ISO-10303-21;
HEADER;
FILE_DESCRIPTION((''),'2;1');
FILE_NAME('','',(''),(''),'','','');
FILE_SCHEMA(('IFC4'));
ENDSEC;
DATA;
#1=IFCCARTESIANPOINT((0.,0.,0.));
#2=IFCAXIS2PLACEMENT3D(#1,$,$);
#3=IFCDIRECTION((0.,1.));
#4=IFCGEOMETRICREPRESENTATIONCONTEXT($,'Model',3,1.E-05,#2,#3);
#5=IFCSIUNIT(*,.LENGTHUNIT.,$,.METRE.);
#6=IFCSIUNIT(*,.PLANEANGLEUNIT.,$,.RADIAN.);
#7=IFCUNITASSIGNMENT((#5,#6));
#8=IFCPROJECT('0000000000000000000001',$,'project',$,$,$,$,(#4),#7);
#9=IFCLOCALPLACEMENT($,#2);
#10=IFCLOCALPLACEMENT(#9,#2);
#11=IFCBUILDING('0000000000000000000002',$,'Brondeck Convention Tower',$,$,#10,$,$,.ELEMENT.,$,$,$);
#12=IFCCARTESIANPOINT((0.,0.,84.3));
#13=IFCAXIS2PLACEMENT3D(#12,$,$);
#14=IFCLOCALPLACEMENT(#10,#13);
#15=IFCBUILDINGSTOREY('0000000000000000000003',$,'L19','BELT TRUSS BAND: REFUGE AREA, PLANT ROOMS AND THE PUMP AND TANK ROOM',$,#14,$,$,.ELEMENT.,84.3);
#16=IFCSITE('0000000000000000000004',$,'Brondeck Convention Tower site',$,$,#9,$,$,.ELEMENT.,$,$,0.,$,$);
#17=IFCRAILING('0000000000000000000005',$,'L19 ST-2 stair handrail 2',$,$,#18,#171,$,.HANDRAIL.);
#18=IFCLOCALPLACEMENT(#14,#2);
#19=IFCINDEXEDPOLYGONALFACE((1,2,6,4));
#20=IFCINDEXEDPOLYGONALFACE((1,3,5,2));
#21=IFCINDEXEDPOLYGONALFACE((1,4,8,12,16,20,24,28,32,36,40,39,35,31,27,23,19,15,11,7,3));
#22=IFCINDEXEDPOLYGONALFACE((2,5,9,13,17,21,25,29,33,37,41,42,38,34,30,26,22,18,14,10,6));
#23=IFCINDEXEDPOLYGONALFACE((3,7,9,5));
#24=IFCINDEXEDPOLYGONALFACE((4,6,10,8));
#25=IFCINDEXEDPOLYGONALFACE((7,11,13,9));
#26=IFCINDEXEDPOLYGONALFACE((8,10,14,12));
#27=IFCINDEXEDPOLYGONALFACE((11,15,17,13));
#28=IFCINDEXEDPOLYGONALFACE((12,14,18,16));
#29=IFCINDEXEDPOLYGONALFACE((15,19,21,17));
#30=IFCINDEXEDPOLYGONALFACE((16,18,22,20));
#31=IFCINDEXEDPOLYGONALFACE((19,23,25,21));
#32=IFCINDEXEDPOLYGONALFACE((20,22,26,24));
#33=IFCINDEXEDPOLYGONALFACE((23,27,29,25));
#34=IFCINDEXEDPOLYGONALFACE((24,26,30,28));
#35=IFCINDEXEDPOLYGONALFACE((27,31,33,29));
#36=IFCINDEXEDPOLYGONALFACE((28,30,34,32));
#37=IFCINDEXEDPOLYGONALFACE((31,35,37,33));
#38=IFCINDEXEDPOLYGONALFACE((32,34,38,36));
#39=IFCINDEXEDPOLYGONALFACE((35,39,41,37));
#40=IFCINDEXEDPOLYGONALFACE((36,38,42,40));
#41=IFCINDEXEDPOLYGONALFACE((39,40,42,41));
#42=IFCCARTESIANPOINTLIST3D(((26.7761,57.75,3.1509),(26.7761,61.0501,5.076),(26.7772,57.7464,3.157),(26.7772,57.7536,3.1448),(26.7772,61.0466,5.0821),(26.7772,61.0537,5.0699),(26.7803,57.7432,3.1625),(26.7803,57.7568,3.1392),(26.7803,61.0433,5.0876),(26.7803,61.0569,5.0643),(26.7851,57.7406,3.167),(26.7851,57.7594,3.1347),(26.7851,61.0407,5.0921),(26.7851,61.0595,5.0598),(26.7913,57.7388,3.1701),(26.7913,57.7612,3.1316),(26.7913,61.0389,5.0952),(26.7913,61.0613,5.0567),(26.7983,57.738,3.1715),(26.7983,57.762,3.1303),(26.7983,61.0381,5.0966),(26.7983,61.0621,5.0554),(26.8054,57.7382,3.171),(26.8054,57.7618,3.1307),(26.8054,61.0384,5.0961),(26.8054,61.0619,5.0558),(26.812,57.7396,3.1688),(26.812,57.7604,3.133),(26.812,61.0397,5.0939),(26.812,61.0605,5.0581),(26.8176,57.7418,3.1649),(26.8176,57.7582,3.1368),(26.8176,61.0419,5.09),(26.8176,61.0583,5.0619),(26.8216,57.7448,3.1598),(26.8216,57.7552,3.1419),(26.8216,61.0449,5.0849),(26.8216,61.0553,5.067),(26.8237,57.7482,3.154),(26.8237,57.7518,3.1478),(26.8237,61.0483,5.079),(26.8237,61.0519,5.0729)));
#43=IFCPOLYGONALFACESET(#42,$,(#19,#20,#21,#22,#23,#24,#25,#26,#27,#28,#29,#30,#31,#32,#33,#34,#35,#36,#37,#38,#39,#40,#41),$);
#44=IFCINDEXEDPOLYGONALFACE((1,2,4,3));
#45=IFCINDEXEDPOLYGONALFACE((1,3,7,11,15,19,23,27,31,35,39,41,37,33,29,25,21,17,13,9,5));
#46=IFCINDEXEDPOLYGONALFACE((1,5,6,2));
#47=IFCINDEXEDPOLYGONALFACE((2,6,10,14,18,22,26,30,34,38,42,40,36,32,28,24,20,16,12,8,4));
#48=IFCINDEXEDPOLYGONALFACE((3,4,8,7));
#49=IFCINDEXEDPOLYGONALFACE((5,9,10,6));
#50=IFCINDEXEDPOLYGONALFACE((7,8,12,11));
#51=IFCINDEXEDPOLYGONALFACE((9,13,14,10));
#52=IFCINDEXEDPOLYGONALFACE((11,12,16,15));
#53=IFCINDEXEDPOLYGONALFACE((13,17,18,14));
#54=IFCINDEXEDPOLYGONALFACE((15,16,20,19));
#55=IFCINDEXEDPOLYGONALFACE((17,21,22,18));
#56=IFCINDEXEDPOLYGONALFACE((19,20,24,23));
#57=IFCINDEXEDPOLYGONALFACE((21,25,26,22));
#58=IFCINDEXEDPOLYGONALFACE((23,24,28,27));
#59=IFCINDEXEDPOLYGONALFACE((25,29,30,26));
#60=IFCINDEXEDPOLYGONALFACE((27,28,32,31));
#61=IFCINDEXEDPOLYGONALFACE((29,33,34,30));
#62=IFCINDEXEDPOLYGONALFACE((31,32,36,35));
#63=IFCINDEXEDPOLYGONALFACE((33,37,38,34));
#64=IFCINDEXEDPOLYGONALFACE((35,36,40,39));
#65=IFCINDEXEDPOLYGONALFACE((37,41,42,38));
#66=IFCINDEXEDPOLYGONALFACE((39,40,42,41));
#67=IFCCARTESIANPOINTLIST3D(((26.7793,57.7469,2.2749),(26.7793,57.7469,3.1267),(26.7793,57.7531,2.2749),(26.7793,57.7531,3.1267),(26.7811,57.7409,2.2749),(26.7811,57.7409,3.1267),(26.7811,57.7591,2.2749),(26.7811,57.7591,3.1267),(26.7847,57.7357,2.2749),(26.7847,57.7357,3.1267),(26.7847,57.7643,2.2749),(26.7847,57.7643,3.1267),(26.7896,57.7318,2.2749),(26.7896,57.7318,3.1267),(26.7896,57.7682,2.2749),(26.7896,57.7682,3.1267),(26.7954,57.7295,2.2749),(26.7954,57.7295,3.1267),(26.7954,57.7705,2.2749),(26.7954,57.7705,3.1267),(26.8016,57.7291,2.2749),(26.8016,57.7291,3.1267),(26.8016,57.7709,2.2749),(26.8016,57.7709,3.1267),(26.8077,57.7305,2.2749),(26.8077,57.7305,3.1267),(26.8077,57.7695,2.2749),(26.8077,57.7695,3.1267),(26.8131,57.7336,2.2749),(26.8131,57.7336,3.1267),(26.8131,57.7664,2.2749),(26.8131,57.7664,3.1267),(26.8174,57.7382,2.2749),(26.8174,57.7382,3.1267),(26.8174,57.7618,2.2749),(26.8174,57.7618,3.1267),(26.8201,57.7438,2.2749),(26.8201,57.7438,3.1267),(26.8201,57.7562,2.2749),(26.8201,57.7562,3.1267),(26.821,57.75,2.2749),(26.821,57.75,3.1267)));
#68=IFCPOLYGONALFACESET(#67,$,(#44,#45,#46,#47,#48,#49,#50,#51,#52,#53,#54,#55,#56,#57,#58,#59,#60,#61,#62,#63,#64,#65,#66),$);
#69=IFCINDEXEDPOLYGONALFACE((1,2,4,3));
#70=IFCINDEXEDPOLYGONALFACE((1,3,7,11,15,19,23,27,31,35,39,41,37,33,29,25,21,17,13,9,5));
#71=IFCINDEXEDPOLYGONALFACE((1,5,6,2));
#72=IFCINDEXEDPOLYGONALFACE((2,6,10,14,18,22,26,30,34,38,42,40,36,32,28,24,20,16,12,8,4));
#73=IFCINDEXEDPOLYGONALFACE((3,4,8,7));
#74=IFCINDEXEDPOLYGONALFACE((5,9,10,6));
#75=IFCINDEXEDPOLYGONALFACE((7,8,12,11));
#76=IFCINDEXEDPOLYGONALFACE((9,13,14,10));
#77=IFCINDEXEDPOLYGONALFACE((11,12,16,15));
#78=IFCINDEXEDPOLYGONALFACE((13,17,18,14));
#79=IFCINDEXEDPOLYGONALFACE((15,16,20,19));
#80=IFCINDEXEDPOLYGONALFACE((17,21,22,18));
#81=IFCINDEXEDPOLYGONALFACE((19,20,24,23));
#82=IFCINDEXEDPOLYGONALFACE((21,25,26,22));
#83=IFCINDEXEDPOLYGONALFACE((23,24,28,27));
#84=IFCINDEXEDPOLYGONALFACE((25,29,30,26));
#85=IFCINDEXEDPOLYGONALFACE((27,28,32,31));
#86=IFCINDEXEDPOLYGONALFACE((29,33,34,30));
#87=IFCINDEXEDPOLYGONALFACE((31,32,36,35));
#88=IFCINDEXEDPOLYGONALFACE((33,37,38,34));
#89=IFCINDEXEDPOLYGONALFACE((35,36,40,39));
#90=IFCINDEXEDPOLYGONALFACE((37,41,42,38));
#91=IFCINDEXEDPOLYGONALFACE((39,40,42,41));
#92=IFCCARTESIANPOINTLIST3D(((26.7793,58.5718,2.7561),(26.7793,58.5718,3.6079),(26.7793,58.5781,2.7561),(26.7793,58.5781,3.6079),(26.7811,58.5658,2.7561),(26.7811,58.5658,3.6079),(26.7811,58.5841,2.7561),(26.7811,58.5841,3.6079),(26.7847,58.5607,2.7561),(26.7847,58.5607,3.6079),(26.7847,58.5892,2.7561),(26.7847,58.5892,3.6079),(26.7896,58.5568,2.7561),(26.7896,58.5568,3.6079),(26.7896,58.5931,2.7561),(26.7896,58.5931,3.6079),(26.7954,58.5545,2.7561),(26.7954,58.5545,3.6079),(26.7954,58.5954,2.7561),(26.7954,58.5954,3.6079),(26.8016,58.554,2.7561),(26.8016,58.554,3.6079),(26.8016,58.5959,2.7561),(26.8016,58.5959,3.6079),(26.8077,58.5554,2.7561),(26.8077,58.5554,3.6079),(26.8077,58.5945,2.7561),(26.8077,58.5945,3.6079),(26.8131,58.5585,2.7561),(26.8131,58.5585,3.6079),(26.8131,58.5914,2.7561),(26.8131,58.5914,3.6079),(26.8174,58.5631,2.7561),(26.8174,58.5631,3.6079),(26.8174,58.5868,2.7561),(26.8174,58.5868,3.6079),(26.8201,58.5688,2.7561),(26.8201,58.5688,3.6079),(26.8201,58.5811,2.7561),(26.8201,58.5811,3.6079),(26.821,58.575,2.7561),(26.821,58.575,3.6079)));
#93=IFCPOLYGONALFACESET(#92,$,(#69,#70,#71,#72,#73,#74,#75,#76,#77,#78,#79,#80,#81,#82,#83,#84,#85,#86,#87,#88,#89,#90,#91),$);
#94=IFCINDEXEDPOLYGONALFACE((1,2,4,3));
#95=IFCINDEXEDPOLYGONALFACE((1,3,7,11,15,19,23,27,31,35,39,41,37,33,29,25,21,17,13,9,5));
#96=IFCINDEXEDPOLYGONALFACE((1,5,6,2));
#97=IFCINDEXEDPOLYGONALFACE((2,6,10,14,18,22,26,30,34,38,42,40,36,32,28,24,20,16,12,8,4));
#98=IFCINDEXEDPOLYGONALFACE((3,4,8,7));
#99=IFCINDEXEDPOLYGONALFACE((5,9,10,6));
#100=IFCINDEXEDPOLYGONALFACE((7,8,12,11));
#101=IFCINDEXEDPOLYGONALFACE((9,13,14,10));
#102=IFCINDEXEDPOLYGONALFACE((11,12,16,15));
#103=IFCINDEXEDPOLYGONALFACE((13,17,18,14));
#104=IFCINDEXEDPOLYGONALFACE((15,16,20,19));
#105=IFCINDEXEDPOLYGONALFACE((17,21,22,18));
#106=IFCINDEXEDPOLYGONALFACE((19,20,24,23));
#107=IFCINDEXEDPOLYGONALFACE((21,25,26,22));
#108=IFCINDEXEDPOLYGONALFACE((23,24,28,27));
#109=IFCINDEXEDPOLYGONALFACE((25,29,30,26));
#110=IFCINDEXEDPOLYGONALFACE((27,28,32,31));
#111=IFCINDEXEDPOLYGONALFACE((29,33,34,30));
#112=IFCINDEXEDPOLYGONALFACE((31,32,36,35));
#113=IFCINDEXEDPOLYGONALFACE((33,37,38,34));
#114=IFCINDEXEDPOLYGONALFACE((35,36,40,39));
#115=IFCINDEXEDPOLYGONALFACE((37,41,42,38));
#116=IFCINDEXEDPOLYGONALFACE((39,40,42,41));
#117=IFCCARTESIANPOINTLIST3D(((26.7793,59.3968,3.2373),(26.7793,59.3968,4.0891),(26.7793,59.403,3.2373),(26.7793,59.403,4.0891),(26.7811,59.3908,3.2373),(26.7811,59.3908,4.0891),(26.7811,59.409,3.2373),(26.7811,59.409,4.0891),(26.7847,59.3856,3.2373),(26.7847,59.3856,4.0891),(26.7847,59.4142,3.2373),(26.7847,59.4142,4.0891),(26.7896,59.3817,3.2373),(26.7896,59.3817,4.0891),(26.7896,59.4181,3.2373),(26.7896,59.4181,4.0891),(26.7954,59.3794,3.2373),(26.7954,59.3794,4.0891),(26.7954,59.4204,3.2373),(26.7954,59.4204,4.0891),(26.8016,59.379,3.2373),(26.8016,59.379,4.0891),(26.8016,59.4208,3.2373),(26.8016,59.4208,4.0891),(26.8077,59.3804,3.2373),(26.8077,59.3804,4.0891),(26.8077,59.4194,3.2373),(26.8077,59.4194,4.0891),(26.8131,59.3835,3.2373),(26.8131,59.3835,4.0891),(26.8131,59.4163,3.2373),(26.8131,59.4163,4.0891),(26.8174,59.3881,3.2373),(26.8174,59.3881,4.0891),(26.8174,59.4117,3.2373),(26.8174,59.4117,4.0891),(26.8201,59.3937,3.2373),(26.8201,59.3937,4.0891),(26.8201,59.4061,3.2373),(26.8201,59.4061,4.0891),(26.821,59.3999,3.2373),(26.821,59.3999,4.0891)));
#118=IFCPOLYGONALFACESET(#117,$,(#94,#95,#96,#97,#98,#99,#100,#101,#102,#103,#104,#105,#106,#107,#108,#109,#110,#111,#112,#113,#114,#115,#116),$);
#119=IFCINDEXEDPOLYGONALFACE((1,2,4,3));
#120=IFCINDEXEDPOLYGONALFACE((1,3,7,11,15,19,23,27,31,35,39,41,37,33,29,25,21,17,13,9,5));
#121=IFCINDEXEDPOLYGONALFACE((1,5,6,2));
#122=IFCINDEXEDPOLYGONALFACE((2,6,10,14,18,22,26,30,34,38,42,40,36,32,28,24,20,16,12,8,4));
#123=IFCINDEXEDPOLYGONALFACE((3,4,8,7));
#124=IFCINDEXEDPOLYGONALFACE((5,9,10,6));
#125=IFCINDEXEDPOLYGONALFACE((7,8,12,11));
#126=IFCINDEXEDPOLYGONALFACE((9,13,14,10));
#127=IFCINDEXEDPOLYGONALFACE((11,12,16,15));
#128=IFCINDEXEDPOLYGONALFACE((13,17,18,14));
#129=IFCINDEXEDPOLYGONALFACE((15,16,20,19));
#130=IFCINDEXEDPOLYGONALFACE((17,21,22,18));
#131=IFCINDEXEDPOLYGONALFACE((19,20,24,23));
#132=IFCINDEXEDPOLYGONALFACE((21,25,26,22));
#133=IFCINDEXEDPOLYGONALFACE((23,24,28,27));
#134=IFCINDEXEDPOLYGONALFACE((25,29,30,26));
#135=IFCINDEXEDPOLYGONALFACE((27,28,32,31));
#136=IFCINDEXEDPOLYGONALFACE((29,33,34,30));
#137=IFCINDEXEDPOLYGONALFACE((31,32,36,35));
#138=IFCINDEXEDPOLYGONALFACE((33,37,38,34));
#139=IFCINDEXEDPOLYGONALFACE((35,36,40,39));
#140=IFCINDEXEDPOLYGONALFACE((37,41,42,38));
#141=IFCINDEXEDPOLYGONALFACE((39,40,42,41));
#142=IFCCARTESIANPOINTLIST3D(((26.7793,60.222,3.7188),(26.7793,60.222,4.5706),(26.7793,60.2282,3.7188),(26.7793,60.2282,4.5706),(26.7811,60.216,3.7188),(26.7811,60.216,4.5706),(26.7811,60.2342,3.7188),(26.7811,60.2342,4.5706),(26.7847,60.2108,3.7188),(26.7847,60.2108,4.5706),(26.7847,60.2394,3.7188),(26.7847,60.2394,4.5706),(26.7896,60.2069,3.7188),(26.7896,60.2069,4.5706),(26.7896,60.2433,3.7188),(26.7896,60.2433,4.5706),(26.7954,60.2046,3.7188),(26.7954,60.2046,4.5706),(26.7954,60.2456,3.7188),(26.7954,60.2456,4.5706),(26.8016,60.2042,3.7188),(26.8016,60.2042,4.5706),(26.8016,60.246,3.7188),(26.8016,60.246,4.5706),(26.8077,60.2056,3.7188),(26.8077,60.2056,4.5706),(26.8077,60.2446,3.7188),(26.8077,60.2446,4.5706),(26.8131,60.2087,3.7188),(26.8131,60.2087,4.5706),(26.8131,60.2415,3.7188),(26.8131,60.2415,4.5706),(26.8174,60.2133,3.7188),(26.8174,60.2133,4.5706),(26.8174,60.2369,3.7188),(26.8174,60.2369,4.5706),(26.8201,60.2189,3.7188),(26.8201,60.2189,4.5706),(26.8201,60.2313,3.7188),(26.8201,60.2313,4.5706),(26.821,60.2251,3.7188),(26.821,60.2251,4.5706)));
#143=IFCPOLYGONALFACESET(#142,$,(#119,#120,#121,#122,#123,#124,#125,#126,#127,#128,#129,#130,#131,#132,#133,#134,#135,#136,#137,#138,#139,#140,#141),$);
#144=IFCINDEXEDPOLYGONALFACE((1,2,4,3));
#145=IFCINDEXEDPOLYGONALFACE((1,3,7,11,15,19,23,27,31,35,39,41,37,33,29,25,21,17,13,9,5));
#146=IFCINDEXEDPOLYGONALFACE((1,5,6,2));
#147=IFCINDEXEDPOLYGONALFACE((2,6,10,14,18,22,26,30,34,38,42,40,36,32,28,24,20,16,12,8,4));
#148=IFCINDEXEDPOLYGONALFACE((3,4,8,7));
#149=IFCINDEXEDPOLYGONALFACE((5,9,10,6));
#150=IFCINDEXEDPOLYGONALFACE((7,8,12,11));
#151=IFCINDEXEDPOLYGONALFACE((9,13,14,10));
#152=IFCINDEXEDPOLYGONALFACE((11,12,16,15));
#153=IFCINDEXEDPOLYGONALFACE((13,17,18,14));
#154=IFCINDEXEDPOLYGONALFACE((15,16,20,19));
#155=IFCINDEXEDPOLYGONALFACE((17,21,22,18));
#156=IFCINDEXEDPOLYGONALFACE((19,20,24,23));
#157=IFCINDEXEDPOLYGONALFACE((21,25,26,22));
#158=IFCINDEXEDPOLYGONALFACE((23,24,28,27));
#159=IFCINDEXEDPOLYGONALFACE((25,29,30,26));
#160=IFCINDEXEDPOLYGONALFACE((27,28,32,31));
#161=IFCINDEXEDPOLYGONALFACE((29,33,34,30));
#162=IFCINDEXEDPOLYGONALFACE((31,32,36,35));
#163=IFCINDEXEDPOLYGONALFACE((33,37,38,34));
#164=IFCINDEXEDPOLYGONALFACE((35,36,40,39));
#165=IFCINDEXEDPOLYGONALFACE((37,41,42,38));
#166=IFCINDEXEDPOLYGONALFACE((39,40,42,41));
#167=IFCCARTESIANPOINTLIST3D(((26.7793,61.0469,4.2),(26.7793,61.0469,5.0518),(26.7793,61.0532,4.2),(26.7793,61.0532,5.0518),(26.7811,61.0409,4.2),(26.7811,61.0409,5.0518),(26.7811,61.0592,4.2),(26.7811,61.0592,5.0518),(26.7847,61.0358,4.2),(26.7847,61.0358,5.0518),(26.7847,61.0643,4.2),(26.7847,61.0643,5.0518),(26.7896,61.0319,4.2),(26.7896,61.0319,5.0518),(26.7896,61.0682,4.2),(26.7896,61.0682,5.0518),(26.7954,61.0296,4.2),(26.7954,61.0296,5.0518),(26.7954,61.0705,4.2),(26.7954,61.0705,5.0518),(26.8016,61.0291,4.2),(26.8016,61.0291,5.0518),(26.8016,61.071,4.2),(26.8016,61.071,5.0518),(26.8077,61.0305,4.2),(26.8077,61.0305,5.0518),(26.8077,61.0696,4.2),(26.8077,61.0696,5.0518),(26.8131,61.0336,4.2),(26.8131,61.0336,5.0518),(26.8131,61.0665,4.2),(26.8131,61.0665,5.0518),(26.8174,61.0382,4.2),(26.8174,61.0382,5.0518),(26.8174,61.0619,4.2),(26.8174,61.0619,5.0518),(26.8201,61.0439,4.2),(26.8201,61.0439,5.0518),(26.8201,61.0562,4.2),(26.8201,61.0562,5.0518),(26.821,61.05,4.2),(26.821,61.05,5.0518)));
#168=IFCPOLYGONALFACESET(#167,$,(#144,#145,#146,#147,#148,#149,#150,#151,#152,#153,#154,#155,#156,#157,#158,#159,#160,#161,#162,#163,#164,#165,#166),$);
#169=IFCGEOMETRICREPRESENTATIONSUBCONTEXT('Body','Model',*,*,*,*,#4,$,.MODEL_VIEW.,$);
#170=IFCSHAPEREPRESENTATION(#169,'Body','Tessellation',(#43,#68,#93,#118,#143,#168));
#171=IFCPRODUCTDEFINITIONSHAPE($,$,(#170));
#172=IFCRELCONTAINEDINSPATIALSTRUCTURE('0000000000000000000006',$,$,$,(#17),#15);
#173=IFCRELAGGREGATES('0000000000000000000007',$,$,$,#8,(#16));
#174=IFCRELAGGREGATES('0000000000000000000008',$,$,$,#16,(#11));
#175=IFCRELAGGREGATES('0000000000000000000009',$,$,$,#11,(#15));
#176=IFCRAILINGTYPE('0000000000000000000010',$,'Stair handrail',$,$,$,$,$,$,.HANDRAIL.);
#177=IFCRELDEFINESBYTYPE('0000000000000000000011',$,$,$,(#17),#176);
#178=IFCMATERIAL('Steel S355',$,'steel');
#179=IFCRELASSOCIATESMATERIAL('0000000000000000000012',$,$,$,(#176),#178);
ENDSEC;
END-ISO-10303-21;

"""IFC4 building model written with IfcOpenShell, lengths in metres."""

from ifc_helpers import new_model, si_unit, direction, frame, origin, origin_2d, place, context, subcontext, project, spatial, circle, extrude, material, type_object, element, save


model = new_model("IFC4")

# Units and contexts
model_context = context("Model", 3, precision=1e-05, world=origin(), true_north=direction((0.0, 1.0)))
body_context = subcontext(model_context, "Body", "Model", "MODEL_VIEW")
ifc_project = project(units=[si_unit("LENGTHUNIT", "METRE"), si_unit("PLANEANGLEUNIT", "RADIAN")], contexts=[model_context])

# Site, building, storey
site_placement = place(None, origin())
site = spatial("IfcSite", under=ifc_project, at=site_placement, Name="Brondeck Convention Tower site", CompositionType="ELEMENT", RefElevation=0.0)
building_placement = place(site_placement, origin())
building = spatial("IfcBuilding", under=site, at=building_placement, Name="Brondeck Convention Tower", CompositionType="ELEMENT")
storey_placement = place(building_placement, frame((0.0, 0.0, 84.3)))
storey = spatial("IfcBuildingStorey", under=building, at=storey_placement, Name="L19", Description="BELT TRUSS BAND: REFUGE AREA, PLANT ROOMS AND THE PUMP AND TANK ROOM", CompositionType="ELEMENT", Elevation=84.3)

# Shared definitions
ifc_material_1 = material(Name="Steel S355", Category="steel")

# Railing
railing_type = type_object("IfcRailingType", Name="Stair handrail", PredefinedType="HANDRAIL", material=ifc_material_1)
railing_placement = place(storey_placement, frame((26.8, 57.75, 2.2749)))
element("IfcRailing", 1, at=railing_placement, inside=storey, type_object=railing_type, Name="L19 ST-2 stair handrail 2", PredefinedType="HANDRAIL", context=body_context, shape_type="SweptSolid", body=[
    extrude(circle(Radius=0.0239, at=origin_2d()), frame((0.0, 0.0, 0.876), z_axis=(0.0, 0.863777, 0.503875), x_axis=(-1.0, 0.0, 0.0)), (0.0, 0.0, 1.0), 3.8206),
    extrude(circle(Radius=0.021, at=origin_2d()), origin(), (0.0, 0.0, 1.0), 0.8518),
    extrude(circle(Radius=0.021, at=origin_2d()), frame((0.0, 0.825, 0.4812)), (0.0, 0.0, 1.0), 0.8518),
    extrude(circle(Radius=0.021, at=origin_2d()), frame((0.0, 1.6499, 0.9624)), (0.0, 0.0, 1.0), 0.8518),
    extrude(circle(Radius=0.021, at=origin_2d()), frame((0.0, 2.4751, 1.4438)), (0.0, 0.0, 1.0), 0.8518),
    extrude(circle(Radius=0.021, at=origin_2d()), frame((0.0, 3.3, 1.925)), (0.0, 0.0, 1.0), 0.8518),
])

save(model, "model.ifc")
